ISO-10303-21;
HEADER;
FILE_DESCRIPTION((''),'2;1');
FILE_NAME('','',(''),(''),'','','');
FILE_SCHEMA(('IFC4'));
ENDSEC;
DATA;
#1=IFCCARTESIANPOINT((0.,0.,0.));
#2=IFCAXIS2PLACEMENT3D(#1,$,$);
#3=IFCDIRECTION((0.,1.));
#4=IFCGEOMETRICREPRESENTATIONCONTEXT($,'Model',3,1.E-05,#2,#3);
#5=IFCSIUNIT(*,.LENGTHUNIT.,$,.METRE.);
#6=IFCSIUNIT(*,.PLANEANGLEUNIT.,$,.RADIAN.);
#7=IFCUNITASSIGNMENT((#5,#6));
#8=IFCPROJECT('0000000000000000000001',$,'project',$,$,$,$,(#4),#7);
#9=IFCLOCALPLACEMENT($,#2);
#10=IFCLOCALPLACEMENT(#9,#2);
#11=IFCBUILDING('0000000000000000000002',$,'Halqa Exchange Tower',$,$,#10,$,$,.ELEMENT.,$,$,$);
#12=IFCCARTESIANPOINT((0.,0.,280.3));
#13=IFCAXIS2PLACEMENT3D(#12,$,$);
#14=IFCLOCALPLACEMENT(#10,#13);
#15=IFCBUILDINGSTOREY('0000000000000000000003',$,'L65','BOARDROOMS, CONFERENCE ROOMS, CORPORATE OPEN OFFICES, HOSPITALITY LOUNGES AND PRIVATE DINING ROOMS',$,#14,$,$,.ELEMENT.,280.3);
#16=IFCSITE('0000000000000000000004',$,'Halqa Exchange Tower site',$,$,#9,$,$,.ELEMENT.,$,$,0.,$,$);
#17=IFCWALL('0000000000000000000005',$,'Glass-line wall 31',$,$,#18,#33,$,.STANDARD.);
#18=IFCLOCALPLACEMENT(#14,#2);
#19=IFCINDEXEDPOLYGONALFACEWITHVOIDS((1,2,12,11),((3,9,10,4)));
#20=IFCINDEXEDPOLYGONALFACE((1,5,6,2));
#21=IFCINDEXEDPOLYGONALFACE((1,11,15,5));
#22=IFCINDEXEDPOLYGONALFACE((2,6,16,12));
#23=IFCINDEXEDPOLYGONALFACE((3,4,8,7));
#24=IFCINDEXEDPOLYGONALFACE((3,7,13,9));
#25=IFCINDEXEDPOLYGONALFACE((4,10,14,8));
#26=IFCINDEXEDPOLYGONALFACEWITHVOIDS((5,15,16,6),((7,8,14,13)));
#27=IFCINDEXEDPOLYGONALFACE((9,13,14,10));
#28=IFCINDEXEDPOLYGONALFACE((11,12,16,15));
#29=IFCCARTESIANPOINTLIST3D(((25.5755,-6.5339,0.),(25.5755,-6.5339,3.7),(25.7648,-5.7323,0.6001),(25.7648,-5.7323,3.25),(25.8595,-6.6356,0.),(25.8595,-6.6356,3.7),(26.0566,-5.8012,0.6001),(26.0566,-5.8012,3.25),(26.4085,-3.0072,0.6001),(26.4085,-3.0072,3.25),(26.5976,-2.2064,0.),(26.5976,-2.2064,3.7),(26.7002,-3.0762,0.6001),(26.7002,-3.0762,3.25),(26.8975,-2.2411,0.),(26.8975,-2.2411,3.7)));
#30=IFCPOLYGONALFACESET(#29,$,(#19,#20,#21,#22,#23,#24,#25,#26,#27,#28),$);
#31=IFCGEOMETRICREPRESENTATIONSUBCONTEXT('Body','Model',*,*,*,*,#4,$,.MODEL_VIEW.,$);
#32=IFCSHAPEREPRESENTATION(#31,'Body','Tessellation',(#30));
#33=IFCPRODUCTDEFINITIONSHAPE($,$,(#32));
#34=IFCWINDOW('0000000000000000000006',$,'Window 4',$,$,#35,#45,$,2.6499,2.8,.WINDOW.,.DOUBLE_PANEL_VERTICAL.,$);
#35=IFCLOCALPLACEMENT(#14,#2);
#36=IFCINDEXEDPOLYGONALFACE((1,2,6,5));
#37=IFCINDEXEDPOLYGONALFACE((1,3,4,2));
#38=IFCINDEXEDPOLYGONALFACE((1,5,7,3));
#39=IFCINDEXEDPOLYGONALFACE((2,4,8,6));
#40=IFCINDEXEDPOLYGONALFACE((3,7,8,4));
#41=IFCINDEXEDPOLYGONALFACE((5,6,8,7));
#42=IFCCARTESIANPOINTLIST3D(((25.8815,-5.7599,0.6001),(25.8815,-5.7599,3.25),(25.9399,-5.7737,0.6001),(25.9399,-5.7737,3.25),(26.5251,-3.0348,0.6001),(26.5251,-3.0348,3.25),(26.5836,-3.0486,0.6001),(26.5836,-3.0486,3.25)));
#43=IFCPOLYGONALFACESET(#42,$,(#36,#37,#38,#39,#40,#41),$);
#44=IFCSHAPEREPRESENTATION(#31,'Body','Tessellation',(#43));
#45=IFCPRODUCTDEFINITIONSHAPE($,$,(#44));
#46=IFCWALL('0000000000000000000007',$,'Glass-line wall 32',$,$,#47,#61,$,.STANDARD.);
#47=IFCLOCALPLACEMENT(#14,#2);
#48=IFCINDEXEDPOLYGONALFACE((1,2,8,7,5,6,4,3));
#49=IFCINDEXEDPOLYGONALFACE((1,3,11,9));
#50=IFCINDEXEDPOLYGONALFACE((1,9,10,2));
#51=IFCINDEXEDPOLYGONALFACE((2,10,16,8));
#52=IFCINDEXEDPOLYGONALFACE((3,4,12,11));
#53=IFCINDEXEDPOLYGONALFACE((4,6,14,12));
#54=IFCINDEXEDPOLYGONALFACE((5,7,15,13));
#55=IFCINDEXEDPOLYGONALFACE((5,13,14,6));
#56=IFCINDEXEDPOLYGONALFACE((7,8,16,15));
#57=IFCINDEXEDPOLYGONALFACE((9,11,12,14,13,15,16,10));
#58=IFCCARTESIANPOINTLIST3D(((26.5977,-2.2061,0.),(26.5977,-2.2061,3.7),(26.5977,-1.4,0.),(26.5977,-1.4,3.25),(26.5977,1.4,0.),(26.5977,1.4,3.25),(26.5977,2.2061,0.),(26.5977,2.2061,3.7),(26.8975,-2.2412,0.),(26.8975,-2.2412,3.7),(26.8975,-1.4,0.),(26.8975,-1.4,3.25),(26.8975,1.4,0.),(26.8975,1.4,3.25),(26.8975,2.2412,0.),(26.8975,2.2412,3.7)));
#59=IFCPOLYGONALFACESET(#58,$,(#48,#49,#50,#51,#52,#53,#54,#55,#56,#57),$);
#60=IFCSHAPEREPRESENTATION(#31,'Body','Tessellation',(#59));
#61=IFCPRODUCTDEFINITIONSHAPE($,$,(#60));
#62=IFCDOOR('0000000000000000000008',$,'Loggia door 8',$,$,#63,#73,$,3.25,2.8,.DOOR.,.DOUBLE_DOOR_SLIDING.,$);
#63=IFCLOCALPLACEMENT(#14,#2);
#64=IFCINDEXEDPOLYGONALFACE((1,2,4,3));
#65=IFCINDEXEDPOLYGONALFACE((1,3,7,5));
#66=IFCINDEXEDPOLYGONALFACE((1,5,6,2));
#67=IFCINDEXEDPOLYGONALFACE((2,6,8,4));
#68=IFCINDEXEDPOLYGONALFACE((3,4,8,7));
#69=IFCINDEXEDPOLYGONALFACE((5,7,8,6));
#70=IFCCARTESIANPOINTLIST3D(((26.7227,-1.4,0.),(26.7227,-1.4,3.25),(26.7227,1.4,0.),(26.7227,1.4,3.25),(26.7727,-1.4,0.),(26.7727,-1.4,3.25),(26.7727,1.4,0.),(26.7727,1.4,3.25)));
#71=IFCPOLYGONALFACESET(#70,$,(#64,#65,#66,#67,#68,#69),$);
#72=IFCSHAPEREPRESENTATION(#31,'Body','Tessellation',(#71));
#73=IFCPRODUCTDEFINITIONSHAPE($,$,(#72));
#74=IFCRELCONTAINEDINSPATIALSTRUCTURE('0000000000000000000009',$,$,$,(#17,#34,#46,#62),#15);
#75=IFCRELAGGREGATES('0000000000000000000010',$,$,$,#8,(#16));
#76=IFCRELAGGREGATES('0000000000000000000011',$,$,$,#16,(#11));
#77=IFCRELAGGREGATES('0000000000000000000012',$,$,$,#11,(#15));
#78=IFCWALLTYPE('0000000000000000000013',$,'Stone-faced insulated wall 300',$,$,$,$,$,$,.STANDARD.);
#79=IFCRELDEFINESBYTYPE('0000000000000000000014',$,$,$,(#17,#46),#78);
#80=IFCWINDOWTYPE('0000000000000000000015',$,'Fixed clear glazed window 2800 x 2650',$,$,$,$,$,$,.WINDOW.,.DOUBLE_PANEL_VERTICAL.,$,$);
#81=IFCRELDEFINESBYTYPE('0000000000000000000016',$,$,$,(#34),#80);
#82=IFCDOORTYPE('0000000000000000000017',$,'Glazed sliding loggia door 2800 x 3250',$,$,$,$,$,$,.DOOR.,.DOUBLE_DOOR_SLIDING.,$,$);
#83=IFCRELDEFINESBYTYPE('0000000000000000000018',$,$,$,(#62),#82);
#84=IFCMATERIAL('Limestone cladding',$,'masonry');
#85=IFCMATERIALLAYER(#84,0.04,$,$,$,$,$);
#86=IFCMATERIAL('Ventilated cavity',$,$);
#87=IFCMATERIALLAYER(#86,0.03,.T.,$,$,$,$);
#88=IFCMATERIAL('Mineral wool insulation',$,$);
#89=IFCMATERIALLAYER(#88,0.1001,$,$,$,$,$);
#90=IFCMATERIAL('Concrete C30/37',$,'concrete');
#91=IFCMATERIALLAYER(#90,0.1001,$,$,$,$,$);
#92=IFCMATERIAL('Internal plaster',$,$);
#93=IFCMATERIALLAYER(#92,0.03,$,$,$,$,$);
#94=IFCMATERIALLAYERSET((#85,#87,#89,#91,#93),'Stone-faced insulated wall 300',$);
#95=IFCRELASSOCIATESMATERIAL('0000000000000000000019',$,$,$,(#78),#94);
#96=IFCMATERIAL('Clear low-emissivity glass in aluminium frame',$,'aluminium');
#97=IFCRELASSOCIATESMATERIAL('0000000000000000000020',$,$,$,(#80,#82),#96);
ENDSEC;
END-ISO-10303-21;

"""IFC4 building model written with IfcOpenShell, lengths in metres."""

from ifc_helpers import new_model, si_unit, direction, frame, frame_2d, origin, place, context, subcontext, project, spatial, polyline, rectangle, outline, extrude, material, layer, layer_set, type_object, element, fill, save


model = new_model("IFC4")

# Units and contexts
model_context = context("Model", 3, precision=1e-05, world=origin(), true_north=direction((0.0, 1.0)))
body_context = subcontext(model_context, "Body", "Model", "MODEL_VIEW")
ifc_project = project(units=[si_unit("LENGTHUNIT", "METRE"), si_unit("PLANEANGLEUNIT", "RADIAN")], contexts=[model_context])

# Site, building, storey
site_placement = place(None, origin())
site = spatial("IfcSite", under=ifc_project, at=site_placement, Name="Halqa Exchange Tower site", CompositionType="ELEMENT", RefElevation=0.0)
building_placement = place(site_placement, origin())
building = spatial("IfcBuilding", under=site, at=building_placement, Name="Halqa Exchange Tower", CompositionType="ELEMENT")
storey_placement = place(building_placement, frame((0.0, 0.0, 280.3)))
storey = spatial("IfcBuildingStorey", under=building, at=storey_placement, Name="L65", Description="BOARDROOMS, CONFERENCE ROOMS, CORPORATE OPEN OFFICES, HOSPITALITY LOUNGES AND PRIVATE DINING ROOMS", CompositionType="ELEMENT", Elevation=280.3)

# Wall, opening, window
ifc_material_1 = material(Name="Limestone cladding", Category="masonry")
ifc_layer_1 = layer(ifc_material_1, 0.04)
ifc_material_2 = material(Name="Ventilated cavity")
ifc_layer_2 = layer(ifc_material_2, 0.03, ventilated=True)
ifc_material_3 = material(Name="Mineral wool insulation")
ifc_layer_3 = layer(ifc_material_3, 0.1001)
ifc_material_4 = material(Name="Concrete C30/37", Category="concrete")
ifc_layer_4 = layer(ifc_material_4, 0.1001)
ifc_material_5 = material(Name="Internal plaster")
ifc_layer_5 = layer(ifc_material_5, 0.03)
ifc_layer_set_1 = layer_set([ifc_layer_1, ifc_layer_2, ifc_layer_3, ifc_layer_4, ifc_layer_5], Name="Stone-faced insulated wall 300")
wall_type_1 = type_object("IfcWallType", Name="Stone-faced insulated wall 300", PredefinedType="STANDARD", material=ifc_layer_set_1)
ifc_material_6 = material(Name="Clear low-emissivity glass in aluminium frame", Category="aluminium")
window_type = type_object("IfcWindowType", Name="Fixed clear glazed window 2800 x 2650", PartitioningType="DOUBLE_PANEL_VERTICAL", PredefinedType="WINDOW", material=ifc_material_6)
wall_1_placement = place(storey_placement, frame((25.7175, -6.5847, 0.0), z_axis=(0.0, 0.0, 1.0), x_axis=(0.229862, 0.973223, 0.0)))
wall_1 = element("IfcWall", 1, at=wall_1_placement, inside=storey, type_object=wall_type_1, Name="Glass-line wall 31", PredefinedType="STANDARD", context=body_context, shape_type="SweptSolid", body=[
    extrude(outline(polyline([(-0.0168, -0.1499), (4.4985, -0.1499), (4.4634, 0.1499), (0.0168, 0.1499), (-0.0168, -0.1499)])), origin(), (0.0, 0.0, 1.0), 3.7),
])
opening_1_placement = place(wall_1_placement, frame((0.8406, 0.0, 0.6001)))
opening_1 = element("IfcOpeningElement", 2, at=opening_1_placement, cuts=wall_1, PredefinedType="OPENING", context=body_context, shape_type="SweptSolid", body=[
    extrude(rectangle(XDim=2.8, YDim=2.6499, at=frame_2d((1.3999, 1.325))), frame((0.0, 0.1621, 0.0), z_axis=(0.0, -1.0, 0.0), x_axis=(1.0, 0.0, 0.0)), (0.0, 0.0, 1.0), 0.324),
])
window_1_placement = place(opening_1_placement, origin())
window_1 = element("IfcWindow", 3, at=window_1_placement, inside=storey, type_object=window_type, Name="Window 4", OverallHeight=2.6499, OverallWidth=2.8, PartitioningType="DOUBLE_PANEL_VERTICAL", PredefinedType="WINDOW", context=body_context, shape_type="SweptSolid", body=[
    extrude(rectangle(XDim=2.8, YDim=2.6499, at=frame_2d((1.3999, 1.325))), frame((0.0, 0.03, 0.0), z_axis=(0.0, -1.0, 0.0), x_axis=(1.0, 0.0, 0.0)), (0.0, 0.0, 1.0), 0.0601),
])
fill(opening_1, window_1)

# Wall, opening, door
wall_2_placement = place(storey_placement, frame((26.7476, -2.2236, 0.0), z_axis=(0.0, 0.0, 1.0), x_axis=(0.0, 1.0, 0.0)))
wall_2 = element("IfcWall", 4, at=wall_2_placement, inside=storey, type_object=wall_type_1, Name="Glass-line wall 32", PredefinedType="STANDARD", context=body_context, shape_type="SweptSolid", body=[
    extrude(outline(polyline([(-0.0176, -0.1499), (4.4648, -0.1499), (4.4297, 0.1499), (0.0176, 0.1499), (-0.0176, -0.1499)])), origin(), (0.0, 0.0, 1.0), 3.7),
])
opening_2_placement = place(wall_2_placement, frame((0.8237, 0.0, 0.0)))
opening_2 = element("IfcOpeningElement", 5, at=opening_2_placement, cuts=wall_2, PredefinedType="OPENING", context=body_context, shape_type="SweptSolid", body=[
    extrude(rectangle(XDim=2.8, YDim=3.25, at=frame_2d((1.3999, 1.625))), frame((0.0, 0.1621, 0.0), z_axis=(0.0, -1.0, 0.0), x_axis=(1.0, 0.0, 0.0)), (0.0, 0.0, 1.0), 0.324),
])
door_type = type_object("IfcDoorType", Name="Glazed sliding loggia door 2800 x 3250", OperationType="DOUBLE_DOOR_SLIDING", PredefinedType="DOOR", material=ifc_material_6)
door_placement = place(opening_2_placement, origin())
door = element("IfcDoor", 6, at=door_placement, inside=storey, type_object=door_type, Name="Loggia door 8", OperationType="DOUBLE_DOOR_SLIDING", OverallHeight=3.25, OverallWidth=2.8, PredefinedType="DOOR", context=body_context, shape_type="SweptSolid", body=[
    extrude(rectangle(XDim=2.8, YDim=3.25, at=frame_2d((1.3999, 1.625))), frame((0.0, 0.0249, 0.0), z_axis=(0.0, -1.0, 0.0), x_axis=(1.0, 0.0, 0.0)), (0.0, 0.0, 1.0), 0.05),
])
fill(opening_2, door)

save(model, "model.ifc")
